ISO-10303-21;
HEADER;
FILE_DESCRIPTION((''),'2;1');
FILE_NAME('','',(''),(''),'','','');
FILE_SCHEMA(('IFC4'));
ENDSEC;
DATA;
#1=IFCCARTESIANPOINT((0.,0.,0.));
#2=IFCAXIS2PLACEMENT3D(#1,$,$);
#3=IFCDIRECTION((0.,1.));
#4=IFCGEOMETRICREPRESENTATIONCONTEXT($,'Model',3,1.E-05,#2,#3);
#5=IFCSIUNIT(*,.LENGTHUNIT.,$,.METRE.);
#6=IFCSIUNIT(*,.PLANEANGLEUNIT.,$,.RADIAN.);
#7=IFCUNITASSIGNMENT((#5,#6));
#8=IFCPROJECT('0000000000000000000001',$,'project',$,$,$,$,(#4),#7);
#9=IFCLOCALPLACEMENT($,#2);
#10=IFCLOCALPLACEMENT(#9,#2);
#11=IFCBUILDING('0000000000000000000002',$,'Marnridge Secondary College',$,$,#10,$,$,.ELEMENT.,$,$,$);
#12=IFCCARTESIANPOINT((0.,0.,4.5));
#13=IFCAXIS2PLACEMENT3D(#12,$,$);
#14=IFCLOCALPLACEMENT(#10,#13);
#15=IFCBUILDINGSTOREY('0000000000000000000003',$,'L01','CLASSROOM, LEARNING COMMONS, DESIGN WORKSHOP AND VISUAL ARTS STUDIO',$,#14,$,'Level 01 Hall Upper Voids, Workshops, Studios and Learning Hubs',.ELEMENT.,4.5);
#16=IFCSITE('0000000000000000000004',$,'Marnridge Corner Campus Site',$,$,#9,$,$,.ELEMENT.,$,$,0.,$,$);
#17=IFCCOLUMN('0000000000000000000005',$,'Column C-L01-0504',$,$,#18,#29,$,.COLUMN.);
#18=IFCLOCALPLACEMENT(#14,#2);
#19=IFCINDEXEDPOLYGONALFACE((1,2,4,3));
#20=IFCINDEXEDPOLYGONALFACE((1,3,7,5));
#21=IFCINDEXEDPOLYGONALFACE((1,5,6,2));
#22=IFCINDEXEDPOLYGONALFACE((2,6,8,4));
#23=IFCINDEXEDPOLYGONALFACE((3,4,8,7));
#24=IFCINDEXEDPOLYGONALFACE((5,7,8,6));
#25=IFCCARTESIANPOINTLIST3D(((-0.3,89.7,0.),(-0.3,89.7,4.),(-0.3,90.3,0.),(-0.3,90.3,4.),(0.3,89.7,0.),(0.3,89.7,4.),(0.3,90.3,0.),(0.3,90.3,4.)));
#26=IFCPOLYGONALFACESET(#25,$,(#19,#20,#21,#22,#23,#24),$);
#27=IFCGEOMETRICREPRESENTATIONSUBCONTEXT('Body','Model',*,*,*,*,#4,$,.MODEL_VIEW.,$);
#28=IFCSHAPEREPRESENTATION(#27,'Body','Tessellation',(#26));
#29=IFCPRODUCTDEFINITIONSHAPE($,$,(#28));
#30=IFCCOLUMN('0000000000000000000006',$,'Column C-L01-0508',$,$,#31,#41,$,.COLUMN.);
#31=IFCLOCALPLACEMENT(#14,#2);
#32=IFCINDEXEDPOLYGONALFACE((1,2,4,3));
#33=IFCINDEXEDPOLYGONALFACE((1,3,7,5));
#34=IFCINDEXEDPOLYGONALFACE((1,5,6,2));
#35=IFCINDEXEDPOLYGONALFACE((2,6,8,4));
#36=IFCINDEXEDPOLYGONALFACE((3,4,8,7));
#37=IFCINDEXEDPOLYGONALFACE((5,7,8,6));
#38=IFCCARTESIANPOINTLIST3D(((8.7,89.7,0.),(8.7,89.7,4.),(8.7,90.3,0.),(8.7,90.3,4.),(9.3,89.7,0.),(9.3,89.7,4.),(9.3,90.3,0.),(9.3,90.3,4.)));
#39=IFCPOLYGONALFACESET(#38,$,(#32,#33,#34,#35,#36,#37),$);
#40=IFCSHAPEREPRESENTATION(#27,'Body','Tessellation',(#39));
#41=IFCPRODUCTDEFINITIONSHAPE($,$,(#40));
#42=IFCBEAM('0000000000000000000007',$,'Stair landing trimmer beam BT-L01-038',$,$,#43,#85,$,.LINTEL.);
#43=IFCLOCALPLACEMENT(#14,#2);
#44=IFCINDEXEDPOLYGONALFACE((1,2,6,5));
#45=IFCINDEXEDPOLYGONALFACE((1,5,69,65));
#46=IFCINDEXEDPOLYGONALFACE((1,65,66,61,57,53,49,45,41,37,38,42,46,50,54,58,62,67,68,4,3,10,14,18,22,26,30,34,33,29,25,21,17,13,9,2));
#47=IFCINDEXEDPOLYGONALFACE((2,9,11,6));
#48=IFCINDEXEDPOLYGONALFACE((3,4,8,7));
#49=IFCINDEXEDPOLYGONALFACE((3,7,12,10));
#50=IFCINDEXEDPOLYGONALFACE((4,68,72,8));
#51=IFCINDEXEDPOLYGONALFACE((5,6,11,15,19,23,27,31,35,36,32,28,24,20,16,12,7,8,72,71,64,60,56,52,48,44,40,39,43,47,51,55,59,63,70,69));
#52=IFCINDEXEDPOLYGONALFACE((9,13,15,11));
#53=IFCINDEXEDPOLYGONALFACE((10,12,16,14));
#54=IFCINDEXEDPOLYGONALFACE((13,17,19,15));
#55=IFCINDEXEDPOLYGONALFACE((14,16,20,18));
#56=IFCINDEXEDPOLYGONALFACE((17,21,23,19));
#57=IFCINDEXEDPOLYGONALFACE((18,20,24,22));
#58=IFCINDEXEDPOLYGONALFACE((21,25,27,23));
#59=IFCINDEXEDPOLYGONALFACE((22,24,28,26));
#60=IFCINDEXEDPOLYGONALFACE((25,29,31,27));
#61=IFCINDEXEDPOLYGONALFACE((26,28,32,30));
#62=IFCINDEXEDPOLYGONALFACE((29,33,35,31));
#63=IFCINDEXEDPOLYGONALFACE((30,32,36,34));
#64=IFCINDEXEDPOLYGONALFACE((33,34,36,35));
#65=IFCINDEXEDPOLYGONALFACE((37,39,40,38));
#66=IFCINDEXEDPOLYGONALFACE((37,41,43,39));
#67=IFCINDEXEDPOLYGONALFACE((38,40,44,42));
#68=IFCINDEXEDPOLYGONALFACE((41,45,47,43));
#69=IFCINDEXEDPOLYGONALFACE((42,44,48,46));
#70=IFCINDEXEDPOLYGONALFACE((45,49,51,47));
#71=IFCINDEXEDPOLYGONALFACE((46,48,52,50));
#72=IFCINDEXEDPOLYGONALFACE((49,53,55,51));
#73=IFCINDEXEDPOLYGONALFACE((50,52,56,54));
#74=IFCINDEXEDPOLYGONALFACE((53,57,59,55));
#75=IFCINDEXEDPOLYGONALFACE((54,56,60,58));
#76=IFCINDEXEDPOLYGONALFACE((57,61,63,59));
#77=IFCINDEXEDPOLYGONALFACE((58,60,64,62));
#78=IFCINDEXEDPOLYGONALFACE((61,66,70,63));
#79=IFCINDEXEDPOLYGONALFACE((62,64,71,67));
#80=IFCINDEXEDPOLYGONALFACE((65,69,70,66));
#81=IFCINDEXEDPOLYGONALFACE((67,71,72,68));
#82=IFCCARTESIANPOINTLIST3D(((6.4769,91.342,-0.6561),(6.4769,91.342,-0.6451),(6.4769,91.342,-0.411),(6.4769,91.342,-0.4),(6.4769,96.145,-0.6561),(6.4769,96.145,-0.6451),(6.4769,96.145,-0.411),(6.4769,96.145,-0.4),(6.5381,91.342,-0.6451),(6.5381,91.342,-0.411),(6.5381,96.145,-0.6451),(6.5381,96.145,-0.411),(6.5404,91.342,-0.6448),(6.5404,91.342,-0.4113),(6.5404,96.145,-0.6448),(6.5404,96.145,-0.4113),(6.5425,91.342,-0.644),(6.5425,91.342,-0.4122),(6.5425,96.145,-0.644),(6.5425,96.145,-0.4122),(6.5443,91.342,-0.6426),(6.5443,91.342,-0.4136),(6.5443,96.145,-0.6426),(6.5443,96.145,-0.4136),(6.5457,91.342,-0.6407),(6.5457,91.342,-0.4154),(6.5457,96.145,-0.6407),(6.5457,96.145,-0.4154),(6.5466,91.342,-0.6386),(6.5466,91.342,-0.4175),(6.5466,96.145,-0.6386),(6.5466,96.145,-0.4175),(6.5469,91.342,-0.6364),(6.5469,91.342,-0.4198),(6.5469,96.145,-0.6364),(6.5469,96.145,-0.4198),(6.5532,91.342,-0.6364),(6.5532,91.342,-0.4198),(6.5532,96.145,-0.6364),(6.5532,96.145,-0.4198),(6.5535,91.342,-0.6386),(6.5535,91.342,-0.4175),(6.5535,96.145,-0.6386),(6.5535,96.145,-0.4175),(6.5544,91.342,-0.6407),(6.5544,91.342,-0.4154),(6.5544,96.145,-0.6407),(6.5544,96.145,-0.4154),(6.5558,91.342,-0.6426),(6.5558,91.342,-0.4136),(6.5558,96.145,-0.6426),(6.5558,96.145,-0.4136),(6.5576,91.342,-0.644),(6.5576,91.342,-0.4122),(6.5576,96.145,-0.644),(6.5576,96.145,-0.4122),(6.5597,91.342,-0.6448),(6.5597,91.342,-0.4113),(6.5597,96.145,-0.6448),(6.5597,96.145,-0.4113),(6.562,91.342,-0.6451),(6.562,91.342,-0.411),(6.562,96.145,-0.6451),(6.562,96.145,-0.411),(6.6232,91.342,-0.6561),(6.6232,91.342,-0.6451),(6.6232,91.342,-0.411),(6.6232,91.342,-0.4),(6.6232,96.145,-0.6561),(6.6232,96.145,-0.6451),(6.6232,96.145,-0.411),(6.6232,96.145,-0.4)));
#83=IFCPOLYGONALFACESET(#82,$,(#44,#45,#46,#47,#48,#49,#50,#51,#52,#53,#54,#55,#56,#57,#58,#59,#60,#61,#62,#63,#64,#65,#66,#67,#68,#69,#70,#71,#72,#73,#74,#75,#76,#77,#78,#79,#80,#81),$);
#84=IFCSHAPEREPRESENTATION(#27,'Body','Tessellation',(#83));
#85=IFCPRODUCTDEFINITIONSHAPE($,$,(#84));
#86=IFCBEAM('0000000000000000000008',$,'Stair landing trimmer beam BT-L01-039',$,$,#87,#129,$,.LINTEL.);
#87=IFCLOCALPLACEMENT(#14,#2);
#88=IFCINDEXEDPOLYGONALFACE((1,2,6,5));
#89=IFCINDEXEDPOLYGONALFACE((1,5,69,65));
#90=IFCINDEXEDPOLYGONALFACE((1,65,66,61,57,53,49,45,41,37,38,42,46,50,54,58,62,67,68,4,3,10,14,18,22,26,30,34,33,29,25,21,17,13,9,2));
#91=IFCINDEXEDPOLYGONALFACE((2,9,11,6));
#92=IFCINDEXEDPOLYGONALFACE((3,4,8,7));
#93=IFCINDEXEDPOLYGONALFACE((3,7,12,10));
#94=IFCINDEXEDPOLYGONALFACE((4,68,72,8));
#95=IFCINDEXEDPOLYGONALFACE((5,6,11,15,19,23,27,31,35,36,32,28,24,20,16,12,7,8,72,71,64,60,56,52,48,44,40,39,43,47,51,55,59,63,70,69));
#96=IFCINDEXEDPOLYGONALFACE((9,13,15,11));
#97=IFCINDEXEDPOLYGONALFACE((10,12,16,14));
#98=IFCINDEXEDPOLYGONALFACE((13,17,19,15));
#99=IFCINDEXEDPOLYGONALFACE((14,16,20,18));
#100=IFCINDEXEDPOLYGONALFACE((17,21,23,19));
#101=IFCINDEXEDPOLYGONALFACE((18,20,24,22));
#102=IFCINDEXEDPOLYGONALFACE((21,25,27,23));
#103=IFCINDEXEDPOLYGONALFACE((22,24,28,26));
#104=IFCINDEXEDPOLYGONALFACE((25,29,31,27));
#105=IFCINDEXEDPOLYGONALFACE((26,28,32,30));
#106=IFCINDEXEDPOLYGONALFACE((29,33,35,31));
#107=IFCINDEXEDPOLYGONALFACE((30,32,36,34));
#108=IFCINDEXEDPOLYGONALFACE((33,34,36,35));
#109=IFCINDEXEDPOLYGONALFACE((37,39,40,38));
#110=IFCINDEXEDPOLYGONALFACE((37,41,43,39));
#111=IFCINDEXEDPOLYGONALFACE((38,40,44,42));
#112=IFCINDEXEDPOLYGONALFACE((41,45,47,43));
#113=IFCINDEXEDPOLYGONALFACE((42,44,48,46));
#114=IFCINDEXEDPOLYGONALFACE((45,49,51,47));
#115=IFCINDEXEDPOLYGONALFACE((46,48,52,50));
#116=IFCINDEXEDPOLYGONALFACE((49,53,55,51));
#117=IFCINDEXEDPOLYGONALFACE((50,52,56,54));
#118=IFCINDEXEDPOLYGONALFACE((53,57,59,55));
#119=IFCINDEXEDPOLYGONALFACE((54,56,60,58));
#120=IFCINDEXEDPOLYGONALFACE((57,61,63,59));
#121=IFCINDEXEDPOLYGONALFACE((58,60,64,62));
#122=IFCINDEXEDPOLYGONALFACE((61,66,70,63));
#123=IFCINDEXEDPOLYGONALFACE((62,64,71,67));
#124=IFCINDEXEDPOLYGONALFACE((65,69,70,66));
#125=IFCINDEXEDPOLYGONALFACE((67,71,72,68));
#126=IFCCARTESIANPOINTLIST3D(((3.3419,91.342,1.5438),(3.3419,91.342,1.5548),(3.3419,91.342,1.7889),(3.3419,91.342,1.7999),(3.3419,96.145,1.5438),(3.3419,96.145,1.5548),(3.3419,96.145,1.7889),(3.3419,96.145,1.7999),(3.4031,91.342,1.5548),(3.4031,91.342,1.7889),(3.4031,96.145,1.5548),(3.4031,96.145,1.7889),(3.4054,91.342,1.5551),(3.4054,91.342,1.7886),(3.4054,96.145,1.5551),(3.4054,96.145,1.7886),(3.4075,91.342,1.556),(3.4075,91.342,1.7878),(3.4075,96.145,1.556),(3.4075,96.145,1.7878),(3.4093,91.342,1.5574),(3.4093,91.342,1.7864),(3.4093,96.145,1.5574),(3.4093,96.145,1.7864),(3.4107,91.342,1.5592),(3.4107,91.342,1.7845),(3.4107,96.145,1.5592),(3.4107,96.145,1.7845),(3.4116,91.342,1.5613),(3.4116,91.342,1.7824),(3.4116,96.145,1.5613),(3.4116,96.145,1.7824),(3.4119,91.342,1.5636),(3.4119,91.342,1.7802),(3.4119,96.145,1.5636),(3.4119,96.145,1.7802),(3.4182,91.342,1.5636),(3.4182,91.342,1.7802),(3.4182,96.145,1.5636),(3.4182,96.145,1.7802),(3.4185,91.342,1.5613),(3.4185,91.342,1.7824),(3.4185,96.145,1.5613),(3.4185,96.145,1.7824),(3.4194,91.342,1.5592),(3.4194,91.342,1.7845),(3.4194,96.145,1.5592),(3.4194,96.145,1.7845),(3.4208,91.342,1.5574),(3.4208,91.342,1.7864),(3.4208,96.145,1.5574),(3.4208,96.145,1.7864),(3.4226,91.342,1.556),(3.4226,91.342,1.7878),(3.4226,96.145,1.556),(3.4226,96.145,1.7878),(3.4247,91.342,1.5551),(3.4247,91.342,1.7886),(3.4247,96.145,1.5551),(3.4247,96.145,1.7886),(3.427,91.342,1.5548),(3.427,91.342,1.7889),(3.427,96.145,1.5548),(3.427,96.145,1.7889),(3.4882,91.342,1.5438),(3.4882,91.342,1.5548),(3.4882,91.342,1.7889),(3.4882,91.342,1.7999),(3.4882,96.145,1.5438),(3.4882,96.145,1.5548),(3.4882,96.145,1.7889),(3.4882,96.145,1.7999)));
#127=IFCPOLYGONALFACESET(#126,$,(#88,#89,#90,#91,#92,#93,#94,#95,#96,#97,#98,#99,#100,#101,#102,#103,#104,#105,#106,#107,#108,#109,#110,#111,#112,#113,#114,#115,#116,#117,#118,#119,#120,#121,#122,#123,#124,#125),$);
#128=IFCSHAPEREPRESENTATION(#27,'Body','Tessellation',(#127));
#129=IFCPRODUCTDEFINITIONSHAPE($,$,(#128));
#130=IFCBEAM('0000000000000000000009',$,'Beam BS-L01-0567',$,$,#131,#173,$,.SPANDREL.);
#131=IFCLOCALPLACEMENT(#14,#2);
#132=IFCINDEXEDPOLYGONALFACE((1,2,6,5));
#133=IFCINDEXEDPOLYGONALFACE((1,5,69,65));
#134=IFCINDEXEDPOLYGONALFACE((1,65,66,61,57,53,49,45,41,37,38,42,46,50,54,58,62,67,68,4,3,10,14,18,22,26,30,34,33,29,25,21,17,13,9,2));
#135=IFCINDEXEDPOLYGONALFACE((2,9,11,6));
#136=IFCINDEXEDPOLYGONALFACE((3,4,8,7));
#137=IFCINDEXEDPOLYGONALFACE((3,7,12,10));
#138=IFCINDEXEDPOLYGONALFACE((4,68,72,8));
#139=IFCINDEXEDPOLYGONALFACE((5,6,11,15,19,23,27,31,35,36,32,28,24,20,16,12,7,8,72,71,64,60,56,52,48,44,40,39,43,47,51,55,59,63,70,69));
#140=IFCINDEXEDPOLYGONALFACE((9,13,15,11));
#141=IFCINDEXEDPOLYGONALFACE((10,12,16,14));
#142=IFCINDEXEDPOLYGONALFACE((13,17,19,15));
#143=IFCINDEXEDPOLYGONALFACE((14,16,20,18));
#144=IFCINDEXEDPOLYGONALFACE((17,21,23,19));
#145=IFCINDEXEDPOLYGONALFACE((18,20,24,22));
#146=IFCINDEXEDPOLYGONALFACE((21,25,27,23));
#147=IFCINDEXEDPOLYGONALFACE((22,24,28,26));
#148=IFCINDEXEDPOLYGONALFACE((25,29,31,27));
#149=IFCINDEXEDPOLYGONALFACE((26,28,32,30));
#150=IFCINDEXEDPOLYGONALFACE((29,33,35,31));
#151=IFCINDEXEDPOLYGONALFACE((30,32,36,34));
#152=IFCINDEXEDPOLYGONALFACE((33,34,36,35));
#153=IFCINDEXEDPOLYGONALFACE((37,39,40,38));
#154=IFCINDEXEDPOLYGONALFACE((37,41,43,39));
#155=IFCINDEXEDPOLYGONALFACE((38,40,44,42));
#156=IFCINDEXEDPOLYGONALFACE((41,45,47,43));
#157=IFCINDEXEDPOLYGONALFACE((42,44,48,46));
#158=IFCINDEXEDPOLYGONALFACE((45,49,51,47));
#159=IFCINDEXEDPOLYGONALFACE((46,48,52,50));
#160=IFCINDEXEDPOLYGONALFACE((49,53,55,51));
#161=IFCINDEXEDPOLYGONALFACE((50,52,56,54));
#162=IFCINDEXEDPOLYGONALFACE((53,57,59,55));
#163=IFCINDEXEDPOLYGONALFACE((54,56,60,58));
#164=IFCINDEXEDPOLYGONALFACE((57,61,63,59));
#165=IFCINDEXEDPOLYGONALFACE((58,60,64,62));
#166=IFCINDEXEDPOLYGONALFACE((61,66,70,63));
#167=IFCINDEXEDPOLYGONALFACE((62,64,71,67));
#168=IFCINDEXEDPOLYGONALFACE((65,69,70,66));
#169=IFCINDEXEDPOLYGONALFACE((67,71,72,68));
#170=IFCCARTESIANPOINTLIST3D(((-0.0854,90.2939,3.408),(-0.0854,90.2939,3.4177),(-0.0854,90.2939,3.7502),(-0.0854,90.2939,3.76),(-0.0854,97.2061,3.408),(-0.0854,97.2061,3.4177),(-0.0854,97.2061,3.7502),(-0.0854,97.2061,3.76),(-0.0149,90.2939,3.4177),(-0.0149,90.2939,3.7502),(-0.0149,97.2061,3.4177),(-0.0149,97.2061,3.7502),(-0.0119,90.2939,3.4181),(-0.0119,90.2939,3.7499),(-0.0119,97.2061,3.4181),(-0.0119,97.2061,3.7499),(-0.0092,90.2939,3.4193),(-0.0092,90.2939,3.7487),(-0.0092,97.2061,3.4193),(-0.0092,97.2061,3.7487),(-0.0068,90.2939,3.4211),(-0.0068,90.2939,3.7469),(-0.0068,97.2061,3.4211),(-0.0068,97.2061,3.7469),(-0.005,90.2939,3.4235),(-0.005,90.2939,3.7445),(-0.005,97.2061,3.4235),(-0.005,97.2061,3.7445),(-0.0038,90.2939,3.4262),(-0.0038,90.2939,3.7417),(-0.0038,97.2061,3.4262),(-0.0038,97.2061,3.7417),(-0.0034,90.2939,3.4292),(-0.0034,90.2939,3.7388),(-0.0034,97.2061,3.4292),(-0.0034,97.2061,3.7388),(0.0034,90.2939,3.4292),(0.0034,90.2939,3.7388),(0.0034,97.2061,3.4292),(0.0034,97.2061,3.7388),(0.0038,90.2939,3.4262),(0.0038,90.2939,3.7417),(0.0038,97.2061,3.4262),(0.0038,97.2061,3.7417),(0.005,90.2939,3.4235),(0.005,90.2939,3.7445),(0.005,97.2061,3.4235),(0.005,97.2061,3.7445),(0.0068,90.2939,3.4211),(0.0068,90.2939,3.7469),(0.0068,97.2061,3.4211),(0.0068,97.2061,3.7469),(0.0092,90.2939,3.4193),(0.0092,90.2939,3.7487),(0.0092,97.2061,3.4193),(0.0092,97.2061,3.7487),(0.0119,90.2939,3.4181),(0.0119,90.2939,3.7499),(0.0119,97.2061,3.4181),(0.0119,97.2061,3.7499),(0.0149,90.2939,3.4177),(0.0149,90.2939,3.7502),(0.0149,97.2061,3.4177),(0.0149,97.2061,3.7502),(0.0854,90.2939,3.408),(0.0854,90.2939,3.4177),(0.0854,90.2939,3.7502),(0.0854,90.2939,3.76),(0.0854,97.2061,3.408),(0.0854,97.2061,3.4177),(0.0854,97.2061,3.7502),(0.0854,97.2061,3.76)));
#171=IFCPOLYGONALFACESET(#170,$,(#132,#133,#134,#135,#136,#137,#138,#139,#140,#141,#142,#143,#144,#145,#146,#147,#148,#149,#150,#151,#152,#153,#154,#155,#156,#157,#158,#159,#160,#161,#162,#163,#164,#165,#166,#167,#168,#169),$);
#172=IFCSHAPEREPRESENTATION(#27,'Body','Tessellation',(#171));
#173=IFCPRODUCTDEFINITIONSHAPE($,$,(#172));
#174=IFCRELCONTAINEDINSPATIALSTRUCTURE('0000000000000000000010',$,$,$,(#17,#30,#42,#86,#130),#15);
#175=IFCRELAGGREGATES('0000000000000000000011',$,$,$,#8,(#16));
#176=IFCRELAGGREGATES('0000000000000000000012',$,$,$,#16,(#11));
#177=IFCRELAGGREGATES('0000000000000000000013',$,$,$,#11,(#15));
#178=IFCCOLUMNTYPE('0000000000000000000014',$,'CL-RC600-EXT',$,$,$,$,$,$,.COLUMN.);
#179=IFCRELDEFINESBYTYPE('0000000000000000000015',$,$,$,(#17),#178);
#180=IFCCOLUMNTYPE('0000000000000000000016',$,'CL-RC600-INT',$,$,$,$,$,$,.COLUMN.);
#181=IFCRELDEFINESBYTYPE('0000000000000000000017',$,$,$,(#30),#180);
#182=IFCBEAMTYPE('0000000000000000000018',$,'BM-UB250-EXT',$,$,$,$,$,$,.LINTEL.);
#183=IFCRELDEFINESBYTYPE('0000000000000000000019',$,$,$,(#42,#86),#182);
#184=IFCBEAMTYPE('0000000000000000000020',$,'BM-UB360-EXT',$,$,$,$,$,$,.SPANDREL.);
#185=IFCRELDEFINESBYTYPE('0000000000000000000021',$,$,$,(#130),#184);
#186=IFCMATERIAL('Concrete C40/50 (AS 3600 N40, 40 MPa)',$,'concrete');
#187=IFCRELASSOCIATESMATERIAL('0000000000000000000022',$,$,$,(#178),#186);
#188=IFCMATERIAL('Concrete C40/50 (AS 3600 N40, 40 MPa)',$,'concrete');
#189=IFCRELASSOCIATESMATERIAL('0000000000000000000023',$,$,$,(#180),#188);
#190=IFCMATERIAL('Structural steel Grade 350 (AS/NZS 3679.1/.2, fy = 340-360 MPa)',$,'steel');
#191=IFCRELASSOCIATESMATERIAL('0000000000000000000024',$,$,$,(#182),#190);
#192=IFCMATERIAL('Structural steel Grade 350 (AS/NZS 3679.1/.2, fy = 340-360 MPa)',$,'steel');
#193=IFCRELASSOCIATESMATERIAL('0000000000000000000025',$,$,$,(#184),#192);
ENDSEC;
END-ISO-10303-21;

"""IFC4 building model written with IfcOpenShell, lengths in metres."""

from ifc_helpers import new_model, si_unit, direction, frame, origin, origin_2d, place, context, subcontext, project, spatial, rectangle, i_section, extrude, material, material_profile, profile_set, type_object, element, save


model = new_model("IFC4")

# Units and contexts
model_context = context("Model", 3, precision=1e-05, world=origin(), true_north=direction((0.0, 1.0)))
body_context = subcontext(model_context, "Body", "Model", "MODEL_VIEW")
ifc_project = project(units=[si_unit("LENGTHUNIT", "METRE"), si_unit("PLANEANGLEUNIT", "RADIAN")], contexts=[model_context])

# Site, building, storey
site_placement = place(None, origin())
site = spatial("IfcSite", under=ifc_project, at=site_placement, Name="Marnridge Corner Campus Site", CompositionType="ELEMENT", RefElevation=0.0)
building_placement = place(site_placement, origin())
building = spatial("IfcBuilding", under=site, at=building_placement, Name="Marnridge Secondary College", CompositionType="ELEMENT")
storey_placement = place(building_placement, frame((0.0, 0.0, 4.5)))
storey = spatial("IfcBuildingStorey", under=building, at=storey_placement, Name="L01", Description="CLASSROOM, LEARNING COMMONS, DESIGN WORKSHOP AND VISUAL ARTS STUDIO", LongName="Level 01 Hall Upper Voids, Workshops, Studios and Learning Hubs", CompositionType="ELEMENT", Elevation=4.5)

# Columns
ifc_material_1 = material(Name="Concrete C40/50 (AS 3600 N40, 40 MPa)", Category="concrete")
ifc_material_profile_1 = material_profile(ifc_material_1, rectangle(XDim=0.6001, YDim=0.6001, at=origin_2d()), Name="RC 600x600")
ifc_profile_set_1 = profile_set([ifc_material_profile_1], Name="Concrete C40/50 (AS 3600 N40, 40 MPa)")
column_type_1 = type_object("IfcColumnType", Name="CL-RC600-EXT", PredefinedType="COLUMN", material=ifc_profile_set_1)
column_1_placement = place(storey_placement, frame((0.0, 90.0, 0.0), z_axis=(0.0, 0.0, 1.0), x_axis=(1.0, 0.0, 0.0)))
element("IfcColumn", 1, at=column_1_placement, inside=storey, type_object=column_type_1, Name="Column C-L01-0504", PredefinedType="COLUMN", context=body_context, shape_type="SweptSolid", body=[
    extrude(rectangle(XDim=0.6001, YDim=0.6001, at=origin_2d()), origin(), (0.0, 0.0, 1.0), 4.0),
])
ifc_material_2 = material(Name="Concrete C40/50 (AS 3600 N40, 40 MPa)", Category="concrete")
ifc_material_profile_2 = material_profile(ifc_material_2, rectangle(XDim=0.6001, YDim=0.6001, at=origin_2d()), Name="RC 600x600")
ifc_profile_set_2 = profile_set([ifc_material_profile_2], Name="Concrete C40/50 (AS 3600 N40, 40 MPa)")
column_type_2 = type_object("IfcColumnType", Name="CL-RC600-INT", PredefinedType="COLUMN", material=ifc_profile_set_2)
column_2_placement = place(storey_placement, frame((9.0, 90.0, 0.0), z_axis=(0.0, 0.0, 1.0), x_axis=(1.0, 0.0, 0.0)))
element("IfcColumn", 2, at=column_2_placement, inside=storey, type_object=column_type_2, Name="Column C-L01-0508", PredefinedType="COLUMN", context=body_context, shape_type="SweptSolid", body=[
    extrude(rectangle(XDim=0.6001, YDim=0.6001, at=origin_2d()), origin(), (0.0, 0.0, 1.0), 4.0),
])

# Beams
ifc_material_3 = material(Name="Structural steel Grade 350 (AS/NZS 3679.1/.2, fy = 340-360 MPa)", Category="steel")
ifc_material_profile_3 = material_profile(ifc_material_3, i_section(OverallWidth=0.1462, OverallDepth=0.2561, WebThickness=0.0063, FlangeThickness=0.011, FilletRadius=0.0088, at=origin_2d()), Name="250UB37.3")
ifc_profile_set_3 = profile_set([ifc_material_profile_3], Name="Structural steel Grade 350 (AS/NZS 3679.1/.2, fy = 340-360 MPa)")
beam_type_1 = type_object("IfcBeamType", Name="BM-UB250-EXT", PredefinedType="LINTEL", material=ifc_profile_set_3)
for number, where, z_axis, x_axis, name in (
    (3, (6.55, 91.342, -0.5281), (0.0, 1.0, 0.0), (-1.0, 0.0, 0.0), "Stair landing trimmer beam BT-L01-038"),
    (4, (3.415, 91.342, 1.6719), (0.0, 1.0, 0.0), (-1.0, 0.0, 0.0), "Stair landing trimmer beam BT-L01-039"),
):
    element("IfcBeam", number, at=place(storey_placement, frame(where, z_axis=z_axis, x_axis=x_axis)), inside=storey, type_object=beam_type_1, Name=name, PredefinedType="LINTEL", context=body_context, shape_type="SweptSolid", body=[
        extrude(i_section(OverallWidth=0.1462, OverallDepth=0.2561, WebThickness=0.0063, FlangeThickness=0.011, FilletRadius=0.0088, at=origin_2d()), origin(), (0.0, 0.0, 1.0), 4.803),
    ])
ifc_material_4 = material(Name="Structural steel Grade 350 (AS/NZS 3679.1/.2, fy = 340-360 MPa)", Category="steel")
ifc_material_profile_4 = material_profile(ifc_material_4, i_section(OverallWidth=0.1709, OverallDepth=0.3521, WebThickness=0.0068, FlangeThickness=0.0098, FilletRadius=0.0115, at=origin_2d()), Name="360UB44.7")
ifc_profile_set_4 = profile_set([ifc_material_profile_4], Name="Structural steel Grade 350 (AS/NZS 3679.1/.2, fy = 340-360 MPa)")
beam_type_2 = type_object("IfcBeamType", Name="BM-UB360-EXT", PredefinedType="SPANDREL", material=ifc_profile_set_4)
beam_1_placement = place(storey_placement, frame((0.0, 90.2939, 3.584), z_axis=(0.0, 1.0, 0.0), x_axis=(-1.0, 0.0, 0.0)))
element("IfcBeam", 5, at=beam_1_placement, inside=storey, type_object=beam_type_2, Name="Beam BS-L01-0567", PredefinedType="SPANDREL", context=body_context, shape_type="SweptSolid", body=[
    extrude(i_section(OverallWidth=0.1709, OverallDepth=0.3521, WebThickness=0.0068, FlangeThickness=0.0098, FilletRadius=0.0115, at=origin_2d()), origin(), (0.0, 0.0, 1.0), 6.9121),
])

save(model, "model.ifc")
